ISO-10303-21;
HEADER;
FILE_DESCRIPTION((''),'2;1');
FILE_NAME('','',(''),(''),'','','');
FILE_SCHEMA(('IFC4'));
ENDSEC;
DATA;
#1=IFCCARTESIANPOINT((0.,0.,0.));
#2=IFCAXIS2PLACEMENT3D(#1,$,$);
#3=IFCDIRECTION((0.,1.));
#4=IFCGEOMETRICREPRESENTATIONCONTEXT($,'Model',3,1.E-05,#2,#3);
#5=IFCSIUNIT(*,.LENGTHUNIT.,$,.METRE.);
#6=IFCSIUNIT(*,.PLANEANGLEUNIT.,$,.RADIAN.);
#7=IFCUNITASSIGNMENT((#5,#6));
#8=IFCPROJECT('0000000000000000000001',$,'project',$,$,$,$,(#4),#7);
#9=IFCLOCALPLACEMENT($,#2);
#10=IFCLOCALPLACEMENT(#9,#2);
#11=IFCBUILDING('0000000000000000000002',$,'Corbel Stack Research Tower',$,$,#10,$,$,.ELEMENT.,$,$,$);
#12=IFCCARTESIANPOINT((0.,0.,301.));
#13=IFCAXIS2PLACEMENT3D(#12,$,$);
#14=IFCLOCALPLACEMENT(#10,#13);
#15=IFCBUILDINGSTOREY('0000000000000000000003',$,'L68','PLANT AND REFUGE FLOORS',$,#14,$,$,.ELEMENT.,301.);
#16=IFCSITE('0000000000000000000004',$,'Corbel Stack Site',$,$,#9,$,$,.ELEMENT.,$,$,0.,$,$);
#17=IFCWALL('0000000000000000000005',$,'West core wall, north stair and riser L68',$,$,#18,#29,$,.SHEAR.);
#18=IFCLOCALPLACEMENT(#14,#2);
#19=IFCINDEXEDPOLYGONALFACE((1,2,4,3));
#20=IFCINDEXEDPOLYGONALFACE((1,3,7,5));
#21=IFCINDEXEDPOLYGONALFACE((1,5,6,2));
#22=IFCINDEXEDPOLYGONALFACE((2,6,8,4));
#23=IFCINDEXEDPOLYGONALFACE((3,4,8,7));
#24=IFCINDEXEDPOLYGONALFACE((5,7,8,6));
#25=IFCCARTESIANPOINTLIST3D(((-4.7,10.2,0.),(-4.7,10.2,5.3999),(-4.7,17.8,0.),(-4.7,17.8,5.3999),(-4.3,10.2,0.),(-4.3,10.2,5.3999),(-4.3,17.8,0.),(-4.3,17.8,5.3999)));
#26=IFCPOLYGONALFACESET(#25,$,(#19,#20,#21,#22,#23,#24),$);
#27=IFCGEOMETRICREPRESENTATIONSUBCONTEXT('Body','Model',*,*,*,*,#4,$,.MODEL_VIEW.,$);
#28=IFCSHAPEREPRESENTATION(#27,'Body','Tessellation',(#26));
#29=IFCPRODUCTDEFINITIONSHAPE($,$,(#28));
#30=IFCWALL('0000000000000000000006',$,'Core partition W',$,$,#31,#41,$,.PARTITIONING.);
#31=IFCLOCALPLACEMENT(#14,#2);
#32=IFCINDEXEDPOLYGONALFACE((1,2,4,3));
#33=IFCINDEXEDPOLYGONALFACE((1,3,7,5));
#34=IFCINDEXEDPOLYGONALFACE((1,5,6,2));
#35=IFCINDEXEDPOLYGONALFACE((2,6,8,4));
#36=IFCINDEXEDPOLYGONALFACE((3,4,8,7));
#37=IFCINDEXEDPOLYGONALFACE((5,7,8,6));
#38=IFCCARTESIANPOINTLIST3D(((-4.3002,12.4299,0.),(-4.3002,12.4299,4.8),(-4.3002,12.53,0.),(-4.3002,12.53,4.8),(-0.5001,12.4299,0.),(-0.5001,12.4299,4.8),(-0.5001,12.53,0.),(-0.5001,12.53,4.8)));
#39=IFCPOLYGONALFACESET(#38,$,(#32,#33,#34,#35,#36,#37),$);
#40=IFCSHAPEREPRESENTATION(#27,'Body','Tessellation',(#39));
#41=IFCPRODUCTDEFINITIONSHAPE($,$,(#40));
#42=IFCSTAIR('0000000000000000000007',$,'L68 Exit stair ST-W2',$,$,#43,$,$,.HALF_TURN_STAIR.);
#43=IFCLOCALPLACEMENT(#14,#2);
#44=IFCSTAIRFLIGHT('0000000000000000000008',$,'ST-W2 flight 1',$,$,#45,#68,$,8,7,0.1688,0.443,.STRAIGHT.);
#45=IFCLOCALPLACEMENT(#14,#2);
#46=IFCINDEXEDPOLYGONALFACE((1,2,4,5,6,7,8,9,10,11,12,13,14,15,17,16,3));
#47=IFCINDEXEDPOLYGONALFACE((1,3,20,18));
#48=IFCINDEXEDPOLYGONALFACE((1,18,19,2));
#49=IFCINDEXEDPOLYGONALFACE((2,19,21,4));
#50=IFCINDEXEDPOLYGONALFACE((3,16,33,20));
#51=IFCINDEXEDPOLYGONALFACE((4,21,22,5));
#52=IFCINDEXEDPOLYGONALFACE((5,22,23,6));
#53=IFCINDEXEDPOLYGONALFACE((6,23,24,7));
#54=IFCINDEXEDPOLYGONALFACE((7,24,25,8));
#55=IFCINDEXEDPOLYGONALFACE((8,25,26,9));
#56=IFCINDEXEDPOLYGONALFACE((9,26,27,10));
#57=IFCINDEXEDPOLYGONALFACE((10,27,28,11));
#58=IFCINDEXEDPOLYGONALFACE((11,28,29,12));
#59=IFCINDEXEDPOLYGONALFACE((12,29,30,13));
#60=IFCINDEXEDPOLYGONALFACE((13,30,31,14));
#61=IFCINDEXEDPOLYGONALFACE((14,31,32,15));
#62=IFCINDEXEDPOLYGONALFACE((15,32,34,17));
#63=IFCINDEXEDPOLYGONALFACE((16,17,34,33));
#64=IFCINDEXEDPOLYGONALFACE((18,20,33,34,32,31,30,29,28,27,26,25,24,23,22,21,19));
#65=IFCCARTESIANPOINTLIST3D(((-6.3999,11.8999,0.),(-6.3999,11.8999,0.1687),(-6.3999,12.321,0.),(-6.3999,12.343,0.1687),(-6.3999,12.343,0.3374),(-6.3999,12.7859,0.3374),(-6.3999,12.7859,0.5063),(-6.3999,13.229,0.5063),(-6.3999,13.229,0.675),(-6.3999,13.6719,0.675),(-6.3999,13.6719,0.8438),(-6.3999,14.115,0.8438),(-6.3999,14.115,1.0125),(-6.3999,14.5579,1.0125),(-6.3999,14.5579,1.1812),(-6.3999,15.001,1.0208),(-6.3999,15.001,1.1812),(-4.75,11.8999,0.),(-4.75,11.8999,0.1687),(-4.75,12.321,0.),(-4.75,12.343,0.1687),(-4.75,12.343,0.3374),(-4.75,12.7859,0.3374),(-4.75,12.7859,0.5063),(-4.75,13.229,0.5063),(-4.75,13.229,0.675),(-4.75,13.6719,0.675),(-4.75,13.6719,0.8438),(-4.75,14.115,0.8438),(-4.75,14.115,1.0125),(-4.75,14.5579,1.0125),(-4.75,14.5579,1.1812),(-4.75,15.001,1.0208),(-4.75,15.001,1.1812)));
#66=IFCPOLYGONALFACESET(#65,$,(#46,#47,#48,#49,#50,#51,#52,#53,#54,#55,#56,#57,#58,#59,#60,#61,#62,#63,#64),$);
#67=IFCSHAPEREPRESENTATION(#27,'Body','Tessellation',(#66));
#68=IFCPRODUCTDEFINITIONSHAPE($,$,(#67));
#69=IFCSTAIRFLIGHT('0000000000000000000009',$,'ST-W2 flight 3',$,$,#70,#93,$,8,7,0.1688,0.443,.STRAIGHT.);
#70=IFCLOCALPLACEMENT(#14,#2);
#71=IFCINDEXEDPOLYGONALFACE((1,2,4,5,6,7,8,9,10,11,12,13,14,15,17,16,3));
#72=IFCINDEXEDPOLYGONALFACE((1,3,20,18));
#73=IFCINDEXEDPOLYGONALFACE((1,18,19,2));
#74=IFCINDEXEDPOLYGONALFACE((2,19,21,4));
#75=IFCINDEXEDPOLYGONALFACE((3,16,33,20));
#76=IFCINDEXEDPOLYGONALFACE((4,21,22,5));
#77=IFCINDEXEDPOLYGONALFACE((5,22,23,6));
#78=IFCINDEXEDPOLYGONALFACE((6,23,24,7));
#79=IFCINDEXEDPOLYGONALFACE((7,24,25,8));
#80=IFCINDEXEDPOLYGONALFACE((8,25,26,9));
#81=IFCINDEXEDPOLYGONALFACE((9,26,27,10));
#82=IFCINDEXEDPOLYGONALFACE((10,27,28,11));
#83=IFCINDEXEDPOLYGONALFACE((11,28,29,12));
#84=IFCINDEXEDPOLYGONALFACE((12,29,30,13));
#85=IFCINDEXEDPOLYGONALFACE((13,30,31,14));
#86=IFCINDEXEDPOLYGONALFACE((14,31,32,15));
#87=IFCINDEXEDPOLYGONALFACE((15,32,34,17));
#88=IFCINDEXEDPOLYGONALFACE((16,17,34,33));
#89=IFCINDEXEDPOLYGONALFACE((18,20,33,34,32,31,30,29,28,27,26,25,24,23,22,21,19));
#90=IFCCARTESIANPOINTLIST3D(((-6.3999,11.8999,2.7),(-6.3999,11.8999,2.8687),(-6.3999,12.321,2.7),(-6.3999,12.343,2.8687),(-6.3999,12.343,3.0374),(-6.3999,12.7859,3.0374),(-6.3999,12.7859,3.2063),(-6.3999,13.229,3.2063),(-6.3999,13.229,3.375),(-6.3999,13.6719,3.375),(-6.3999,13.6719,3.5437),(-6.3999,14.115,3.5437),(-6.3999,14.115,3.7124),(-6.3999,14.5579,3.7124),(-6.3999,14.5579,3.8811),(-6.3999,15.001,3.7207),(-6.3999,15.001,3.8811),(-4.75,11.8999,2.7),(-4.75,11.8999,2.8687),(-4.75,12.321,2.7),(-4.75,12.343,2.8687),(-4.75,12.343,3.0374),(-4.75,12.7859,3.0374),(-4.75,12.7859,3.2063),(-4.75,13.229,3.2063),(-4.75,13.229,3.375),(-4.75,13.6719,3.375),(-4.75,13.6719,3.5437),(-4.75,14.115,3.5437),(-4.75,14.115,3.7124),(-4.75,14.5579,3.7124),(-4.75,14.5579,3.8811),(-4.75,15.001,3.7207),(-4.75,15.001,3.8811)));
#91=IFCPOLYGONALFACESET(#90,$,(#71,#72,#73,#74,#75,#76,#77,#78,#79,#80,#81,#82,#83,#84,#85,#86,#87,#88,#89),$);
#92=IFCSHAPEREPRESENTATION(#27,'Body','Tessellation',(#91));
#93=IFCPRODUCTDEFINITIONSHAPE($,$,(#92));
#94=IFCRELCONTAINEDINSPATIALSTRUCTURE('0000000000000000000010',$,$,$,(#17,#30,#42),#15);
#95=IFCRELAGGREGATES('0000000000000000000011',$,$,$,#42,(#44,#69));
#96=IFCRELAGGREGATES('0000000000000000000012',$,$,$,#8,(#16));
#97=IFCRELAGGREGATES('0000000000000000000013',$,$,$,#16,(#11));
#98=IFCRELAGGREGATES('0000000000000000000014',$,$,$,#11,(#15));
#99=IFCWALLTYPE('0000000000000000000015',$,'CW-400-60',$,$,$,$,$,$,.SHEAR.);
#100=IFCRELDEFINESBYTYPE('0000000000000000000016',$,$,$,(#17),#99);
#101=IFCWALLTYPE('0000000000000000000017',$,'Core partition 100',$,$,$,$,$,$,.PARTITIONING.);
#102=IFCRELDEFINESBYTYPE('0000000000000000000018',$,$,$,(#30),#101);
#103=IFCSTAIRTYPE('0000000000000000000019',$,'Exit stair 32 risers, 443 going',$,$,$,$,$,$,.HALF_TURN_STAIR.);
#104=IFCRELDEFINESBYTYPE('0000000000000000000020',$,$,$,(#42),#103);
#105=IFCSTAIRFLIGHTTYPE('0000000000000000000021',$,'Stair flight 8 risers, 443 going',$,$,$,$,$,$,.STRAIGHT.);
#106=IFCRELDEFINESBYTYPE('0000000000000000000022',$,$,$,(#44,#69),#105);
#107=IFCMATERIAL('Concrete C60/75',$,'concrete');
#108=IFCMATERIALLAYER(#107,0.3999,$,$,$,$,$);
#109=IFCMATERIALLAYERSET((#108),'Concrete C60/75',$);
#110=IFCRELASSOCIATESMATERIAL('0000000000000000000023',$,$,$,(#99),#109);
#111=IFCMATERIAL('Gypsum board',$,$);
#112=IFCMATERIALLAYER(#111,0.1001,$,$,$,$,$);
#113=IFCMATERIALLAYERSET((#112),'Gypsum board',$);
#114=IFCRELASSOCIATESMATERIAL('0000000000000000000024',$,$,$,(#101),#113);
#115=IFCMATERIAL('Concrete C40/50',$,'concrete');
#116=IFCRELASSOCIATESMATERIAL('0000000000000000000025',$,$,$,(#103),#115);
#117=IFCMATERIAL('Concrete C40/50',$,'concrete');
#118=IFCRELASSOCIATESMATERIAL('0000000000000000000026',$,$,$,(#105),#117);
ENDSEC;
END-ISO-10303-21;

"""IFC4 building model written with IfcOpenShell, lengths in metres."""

from ifc_helpers import new_model, si_unit, direction, frame, frame_2d, origin, place, context, subcontext, project, spatial, polyline, rectangle, outline, extrude, material, layer, layer_set, type_object, element, aggregate, save


model = new_model("IFC4")

# Units and contexts
model_context = context("Model", 3, precision=1e-05, world=origin(), true_north=direction((0.0, 1.0)))
body_context = subcontext(model_context, "Body", "Model", "MODEL_VIEW")
ifc_project = project(units=[si_unit("LENGTHUNIT", "METRE"), si_unit("PLANEANGLEUNIT", "RADIAN")], contexts=[model_context])

# Site, building, storey
site_placement = place(None, origin())
site = spatial("IfcSite", under=ifc_project, at=site_placement, Name="Corbel Stack Site", CompositionType="ELEMENT", RefElevation=0.0)
building_placement = place(site_placement, origin())
building = spatial("IfcBuilding", under=site, at=building_placement, Name="Corbel Stack Research Tower", CompositionType="ELEMENT")
storey_placement = place(building_placement, frame((0.0, 0.0, 301.0)))
storey = spatial("IfcBuildingStorey", under=building, at=storey_placement, Name="L68", Description="PLANT AND REFUGE FLOORS", CompositionType="ELEMENT", Elevation=301.0)

# Shared definitions
ifc_material_1 = material(Name="Concrete C60/75", Category="concrete")
ifc_layer_1 = layer(ifc_material_1, 0.3999)
ifc_layer_set_1 = layer_set([ifc_layer_1], Name="Concrete C60/75")
wall_type_1 = type_object("IfcWallType", Name="CW-400-60", PredefinedType="SHEAR", material=ifc_layer_set_1)

# Walls
wall_1_placement = place(storey_placement, frame((-4.5, 10.2, 0.0), z_axis=(0.0, 0.0, 1.0), x_axis=(0.0, 1.0, 0.0)))
element("IfcWall", 1, at=wall_1_placement, inside=storey, type_object=wall_type_1, Name="West core wall, north stair and riser L68", PredefinedType="SHEAR", context=body_context, shape_type="SweptSolid", body=[
    extrude(rectangle(XDim=7.6001, YDim=0.3999, at=frame_2d((3.8, 0.0))), origin(), (0.0, 0.0, 1.0), 5.3999),
])
ifc_material_2 = material(Name="Gypsum board")
ifc_layer_2 = layer(ifc_material_2, 0.1001)
ifc_layer_set_2 = layer_set([ifc_layer_2], Name="Gypsum board")
wall_type_2 = type_object("IfcWallType", Name="Core partition 100", PredefinedType="PARTITIONING", material=ifc_layer_set_2)
wall_2_placement = place(storey_placement, frame((-4.3, 12.48, 0.0), z_axis=(0.0, 0.0, 1.0), x_axis=(1.0, 0.0, 0.0)))
element("IfcWall", 2, at=wall_2_placement, inside=storey, type_object=wall_type_2, Name="Core partition W", PredefinedType="PARTITIONING", context=body_context, shape_type="SweptSolid", body=[
    extrude(rectangle(XDim=3.8, YDim=0.1001, at=frame_2d((1.8999, 0.0))), origin(), (0.0, 0.0, 1.0), 4.8),
])

# Stair, stair flights
ifc_material_3 = material(Name="Concrete C40/50", Category="concrete")
stair_type = type_object("IfcStairType", Name="Exit stair 32 risers, 443 going", PredefinedType="HALF_TURN_STAIR", material=ifc_material_3)
stair_placement = place(storey_placement, origin())
stair = element("IfcStair", 3, at=stair_placement, inside=storey, type_object=stair_type, Name="L68 Exit stair ST-W2", PredefinedType="HALF_TURN_STAIR")
ifc_material_4 = material(Name="Concrete C40/50", Category="concrete")
stair_flight_type = type_object("IfcStairFlightType", Name="Stair flight 8 risers, 443 going", PredefinedType="STRAIGHT", material=ifc_material_4)
stair_flight_1_placement = place(storey_placement, frame((-5.575, 11.8999, 0.0), z_axis=(0.0, 0.0, 1.0), x_axis=(0.0, 1.0, 0.0)))
stair_flight_1 = element("IfcStairFlight", 4, at=stair_flight_1_placement, type_object=stair_flight_type, Name="ST-W2 flight 1", NumberOfRisers=8, NumberOfTreads=7, PredefinedType="STRAIGHT", RiserHeight=0.1688, TreadLength=0.443, context=body_context, shape_type="SweptSolid", body=[
    extrude(outline(polyline([(0.0, 0.0), (0.0, 0.1687), (0.4431, 0.1687), (0.4431, 0.3374), (0.886, 0.3374), (0.886, 0.5063), (1.3291, 0.5063), (1.3291, 0.675), (1.772, 0.675), (1.772, 0.8438), (2.2151, 0.8438), (2.2151, 1.0125), (2.658, 1.0125), (2.658, 1.1812), (3.1011, 1.1812), (3.1011, 1.3501), (3.1011, 1.0208), (0.4211, 0.0), (0.0, 0.0)])), frame((0.0, 0.825, 0.0), z_axis=(0.0, -1.0, 0.0), x_axis=(1.0, 0.0, 0.0)), (0.0, 0.0, 1.0), 1.6499),
])
stair_flight_2_placement = place(storey_placement, frame((-5.575, 11.8999, 2.7), z_axis=(0.0, 0.0, 1.0), x_axis=(0.0, 1.0, 0.0)))
stair_flight_2 = element("IfcStairFlight", 5, at=stair_flight_2_placement, type_object=stair_flight_type, Name="ST-W2 flight 3", NumberOfRisers=8, NumberOfTreads=7, PredefinedType="STRAIGHT", RiserHeight=0.1688, TreadLength=0.443, context=body_context, shape_type="SweptSolid", body=[
    extrude(outline(polyline([(0.0, 0.0), (0.0, 0.1687), (0.4431, 0.1687), (0.4431, 0.3374), (0.886, 0.3374), (0.886, 0.5063), (1.3291, 0.5063), (1.3291, 0.675), (1.772, 0.675), (1.772, 0.8438), (2.2151, 0.8438), (2.2151, 1.0125), (2.658, 1.0125), (2.658, 1.1812), (3.1011, 1.1812), (3.1011, 1.3501), (3.1011, 1.0208), (0.4211, 0.0), (0.0, 0.0)])), frame((0.0, 0.825, 0.0), z_axis=(0.0, -1.0, 0.0), x_axis=(1.0, 0.0, 0.0)), (0.0, 0.0, 1.0), 1.6499),
])
aggregate(stair, [stair_flight_1, stair_flight_2])

save(model, "model.ifc")
